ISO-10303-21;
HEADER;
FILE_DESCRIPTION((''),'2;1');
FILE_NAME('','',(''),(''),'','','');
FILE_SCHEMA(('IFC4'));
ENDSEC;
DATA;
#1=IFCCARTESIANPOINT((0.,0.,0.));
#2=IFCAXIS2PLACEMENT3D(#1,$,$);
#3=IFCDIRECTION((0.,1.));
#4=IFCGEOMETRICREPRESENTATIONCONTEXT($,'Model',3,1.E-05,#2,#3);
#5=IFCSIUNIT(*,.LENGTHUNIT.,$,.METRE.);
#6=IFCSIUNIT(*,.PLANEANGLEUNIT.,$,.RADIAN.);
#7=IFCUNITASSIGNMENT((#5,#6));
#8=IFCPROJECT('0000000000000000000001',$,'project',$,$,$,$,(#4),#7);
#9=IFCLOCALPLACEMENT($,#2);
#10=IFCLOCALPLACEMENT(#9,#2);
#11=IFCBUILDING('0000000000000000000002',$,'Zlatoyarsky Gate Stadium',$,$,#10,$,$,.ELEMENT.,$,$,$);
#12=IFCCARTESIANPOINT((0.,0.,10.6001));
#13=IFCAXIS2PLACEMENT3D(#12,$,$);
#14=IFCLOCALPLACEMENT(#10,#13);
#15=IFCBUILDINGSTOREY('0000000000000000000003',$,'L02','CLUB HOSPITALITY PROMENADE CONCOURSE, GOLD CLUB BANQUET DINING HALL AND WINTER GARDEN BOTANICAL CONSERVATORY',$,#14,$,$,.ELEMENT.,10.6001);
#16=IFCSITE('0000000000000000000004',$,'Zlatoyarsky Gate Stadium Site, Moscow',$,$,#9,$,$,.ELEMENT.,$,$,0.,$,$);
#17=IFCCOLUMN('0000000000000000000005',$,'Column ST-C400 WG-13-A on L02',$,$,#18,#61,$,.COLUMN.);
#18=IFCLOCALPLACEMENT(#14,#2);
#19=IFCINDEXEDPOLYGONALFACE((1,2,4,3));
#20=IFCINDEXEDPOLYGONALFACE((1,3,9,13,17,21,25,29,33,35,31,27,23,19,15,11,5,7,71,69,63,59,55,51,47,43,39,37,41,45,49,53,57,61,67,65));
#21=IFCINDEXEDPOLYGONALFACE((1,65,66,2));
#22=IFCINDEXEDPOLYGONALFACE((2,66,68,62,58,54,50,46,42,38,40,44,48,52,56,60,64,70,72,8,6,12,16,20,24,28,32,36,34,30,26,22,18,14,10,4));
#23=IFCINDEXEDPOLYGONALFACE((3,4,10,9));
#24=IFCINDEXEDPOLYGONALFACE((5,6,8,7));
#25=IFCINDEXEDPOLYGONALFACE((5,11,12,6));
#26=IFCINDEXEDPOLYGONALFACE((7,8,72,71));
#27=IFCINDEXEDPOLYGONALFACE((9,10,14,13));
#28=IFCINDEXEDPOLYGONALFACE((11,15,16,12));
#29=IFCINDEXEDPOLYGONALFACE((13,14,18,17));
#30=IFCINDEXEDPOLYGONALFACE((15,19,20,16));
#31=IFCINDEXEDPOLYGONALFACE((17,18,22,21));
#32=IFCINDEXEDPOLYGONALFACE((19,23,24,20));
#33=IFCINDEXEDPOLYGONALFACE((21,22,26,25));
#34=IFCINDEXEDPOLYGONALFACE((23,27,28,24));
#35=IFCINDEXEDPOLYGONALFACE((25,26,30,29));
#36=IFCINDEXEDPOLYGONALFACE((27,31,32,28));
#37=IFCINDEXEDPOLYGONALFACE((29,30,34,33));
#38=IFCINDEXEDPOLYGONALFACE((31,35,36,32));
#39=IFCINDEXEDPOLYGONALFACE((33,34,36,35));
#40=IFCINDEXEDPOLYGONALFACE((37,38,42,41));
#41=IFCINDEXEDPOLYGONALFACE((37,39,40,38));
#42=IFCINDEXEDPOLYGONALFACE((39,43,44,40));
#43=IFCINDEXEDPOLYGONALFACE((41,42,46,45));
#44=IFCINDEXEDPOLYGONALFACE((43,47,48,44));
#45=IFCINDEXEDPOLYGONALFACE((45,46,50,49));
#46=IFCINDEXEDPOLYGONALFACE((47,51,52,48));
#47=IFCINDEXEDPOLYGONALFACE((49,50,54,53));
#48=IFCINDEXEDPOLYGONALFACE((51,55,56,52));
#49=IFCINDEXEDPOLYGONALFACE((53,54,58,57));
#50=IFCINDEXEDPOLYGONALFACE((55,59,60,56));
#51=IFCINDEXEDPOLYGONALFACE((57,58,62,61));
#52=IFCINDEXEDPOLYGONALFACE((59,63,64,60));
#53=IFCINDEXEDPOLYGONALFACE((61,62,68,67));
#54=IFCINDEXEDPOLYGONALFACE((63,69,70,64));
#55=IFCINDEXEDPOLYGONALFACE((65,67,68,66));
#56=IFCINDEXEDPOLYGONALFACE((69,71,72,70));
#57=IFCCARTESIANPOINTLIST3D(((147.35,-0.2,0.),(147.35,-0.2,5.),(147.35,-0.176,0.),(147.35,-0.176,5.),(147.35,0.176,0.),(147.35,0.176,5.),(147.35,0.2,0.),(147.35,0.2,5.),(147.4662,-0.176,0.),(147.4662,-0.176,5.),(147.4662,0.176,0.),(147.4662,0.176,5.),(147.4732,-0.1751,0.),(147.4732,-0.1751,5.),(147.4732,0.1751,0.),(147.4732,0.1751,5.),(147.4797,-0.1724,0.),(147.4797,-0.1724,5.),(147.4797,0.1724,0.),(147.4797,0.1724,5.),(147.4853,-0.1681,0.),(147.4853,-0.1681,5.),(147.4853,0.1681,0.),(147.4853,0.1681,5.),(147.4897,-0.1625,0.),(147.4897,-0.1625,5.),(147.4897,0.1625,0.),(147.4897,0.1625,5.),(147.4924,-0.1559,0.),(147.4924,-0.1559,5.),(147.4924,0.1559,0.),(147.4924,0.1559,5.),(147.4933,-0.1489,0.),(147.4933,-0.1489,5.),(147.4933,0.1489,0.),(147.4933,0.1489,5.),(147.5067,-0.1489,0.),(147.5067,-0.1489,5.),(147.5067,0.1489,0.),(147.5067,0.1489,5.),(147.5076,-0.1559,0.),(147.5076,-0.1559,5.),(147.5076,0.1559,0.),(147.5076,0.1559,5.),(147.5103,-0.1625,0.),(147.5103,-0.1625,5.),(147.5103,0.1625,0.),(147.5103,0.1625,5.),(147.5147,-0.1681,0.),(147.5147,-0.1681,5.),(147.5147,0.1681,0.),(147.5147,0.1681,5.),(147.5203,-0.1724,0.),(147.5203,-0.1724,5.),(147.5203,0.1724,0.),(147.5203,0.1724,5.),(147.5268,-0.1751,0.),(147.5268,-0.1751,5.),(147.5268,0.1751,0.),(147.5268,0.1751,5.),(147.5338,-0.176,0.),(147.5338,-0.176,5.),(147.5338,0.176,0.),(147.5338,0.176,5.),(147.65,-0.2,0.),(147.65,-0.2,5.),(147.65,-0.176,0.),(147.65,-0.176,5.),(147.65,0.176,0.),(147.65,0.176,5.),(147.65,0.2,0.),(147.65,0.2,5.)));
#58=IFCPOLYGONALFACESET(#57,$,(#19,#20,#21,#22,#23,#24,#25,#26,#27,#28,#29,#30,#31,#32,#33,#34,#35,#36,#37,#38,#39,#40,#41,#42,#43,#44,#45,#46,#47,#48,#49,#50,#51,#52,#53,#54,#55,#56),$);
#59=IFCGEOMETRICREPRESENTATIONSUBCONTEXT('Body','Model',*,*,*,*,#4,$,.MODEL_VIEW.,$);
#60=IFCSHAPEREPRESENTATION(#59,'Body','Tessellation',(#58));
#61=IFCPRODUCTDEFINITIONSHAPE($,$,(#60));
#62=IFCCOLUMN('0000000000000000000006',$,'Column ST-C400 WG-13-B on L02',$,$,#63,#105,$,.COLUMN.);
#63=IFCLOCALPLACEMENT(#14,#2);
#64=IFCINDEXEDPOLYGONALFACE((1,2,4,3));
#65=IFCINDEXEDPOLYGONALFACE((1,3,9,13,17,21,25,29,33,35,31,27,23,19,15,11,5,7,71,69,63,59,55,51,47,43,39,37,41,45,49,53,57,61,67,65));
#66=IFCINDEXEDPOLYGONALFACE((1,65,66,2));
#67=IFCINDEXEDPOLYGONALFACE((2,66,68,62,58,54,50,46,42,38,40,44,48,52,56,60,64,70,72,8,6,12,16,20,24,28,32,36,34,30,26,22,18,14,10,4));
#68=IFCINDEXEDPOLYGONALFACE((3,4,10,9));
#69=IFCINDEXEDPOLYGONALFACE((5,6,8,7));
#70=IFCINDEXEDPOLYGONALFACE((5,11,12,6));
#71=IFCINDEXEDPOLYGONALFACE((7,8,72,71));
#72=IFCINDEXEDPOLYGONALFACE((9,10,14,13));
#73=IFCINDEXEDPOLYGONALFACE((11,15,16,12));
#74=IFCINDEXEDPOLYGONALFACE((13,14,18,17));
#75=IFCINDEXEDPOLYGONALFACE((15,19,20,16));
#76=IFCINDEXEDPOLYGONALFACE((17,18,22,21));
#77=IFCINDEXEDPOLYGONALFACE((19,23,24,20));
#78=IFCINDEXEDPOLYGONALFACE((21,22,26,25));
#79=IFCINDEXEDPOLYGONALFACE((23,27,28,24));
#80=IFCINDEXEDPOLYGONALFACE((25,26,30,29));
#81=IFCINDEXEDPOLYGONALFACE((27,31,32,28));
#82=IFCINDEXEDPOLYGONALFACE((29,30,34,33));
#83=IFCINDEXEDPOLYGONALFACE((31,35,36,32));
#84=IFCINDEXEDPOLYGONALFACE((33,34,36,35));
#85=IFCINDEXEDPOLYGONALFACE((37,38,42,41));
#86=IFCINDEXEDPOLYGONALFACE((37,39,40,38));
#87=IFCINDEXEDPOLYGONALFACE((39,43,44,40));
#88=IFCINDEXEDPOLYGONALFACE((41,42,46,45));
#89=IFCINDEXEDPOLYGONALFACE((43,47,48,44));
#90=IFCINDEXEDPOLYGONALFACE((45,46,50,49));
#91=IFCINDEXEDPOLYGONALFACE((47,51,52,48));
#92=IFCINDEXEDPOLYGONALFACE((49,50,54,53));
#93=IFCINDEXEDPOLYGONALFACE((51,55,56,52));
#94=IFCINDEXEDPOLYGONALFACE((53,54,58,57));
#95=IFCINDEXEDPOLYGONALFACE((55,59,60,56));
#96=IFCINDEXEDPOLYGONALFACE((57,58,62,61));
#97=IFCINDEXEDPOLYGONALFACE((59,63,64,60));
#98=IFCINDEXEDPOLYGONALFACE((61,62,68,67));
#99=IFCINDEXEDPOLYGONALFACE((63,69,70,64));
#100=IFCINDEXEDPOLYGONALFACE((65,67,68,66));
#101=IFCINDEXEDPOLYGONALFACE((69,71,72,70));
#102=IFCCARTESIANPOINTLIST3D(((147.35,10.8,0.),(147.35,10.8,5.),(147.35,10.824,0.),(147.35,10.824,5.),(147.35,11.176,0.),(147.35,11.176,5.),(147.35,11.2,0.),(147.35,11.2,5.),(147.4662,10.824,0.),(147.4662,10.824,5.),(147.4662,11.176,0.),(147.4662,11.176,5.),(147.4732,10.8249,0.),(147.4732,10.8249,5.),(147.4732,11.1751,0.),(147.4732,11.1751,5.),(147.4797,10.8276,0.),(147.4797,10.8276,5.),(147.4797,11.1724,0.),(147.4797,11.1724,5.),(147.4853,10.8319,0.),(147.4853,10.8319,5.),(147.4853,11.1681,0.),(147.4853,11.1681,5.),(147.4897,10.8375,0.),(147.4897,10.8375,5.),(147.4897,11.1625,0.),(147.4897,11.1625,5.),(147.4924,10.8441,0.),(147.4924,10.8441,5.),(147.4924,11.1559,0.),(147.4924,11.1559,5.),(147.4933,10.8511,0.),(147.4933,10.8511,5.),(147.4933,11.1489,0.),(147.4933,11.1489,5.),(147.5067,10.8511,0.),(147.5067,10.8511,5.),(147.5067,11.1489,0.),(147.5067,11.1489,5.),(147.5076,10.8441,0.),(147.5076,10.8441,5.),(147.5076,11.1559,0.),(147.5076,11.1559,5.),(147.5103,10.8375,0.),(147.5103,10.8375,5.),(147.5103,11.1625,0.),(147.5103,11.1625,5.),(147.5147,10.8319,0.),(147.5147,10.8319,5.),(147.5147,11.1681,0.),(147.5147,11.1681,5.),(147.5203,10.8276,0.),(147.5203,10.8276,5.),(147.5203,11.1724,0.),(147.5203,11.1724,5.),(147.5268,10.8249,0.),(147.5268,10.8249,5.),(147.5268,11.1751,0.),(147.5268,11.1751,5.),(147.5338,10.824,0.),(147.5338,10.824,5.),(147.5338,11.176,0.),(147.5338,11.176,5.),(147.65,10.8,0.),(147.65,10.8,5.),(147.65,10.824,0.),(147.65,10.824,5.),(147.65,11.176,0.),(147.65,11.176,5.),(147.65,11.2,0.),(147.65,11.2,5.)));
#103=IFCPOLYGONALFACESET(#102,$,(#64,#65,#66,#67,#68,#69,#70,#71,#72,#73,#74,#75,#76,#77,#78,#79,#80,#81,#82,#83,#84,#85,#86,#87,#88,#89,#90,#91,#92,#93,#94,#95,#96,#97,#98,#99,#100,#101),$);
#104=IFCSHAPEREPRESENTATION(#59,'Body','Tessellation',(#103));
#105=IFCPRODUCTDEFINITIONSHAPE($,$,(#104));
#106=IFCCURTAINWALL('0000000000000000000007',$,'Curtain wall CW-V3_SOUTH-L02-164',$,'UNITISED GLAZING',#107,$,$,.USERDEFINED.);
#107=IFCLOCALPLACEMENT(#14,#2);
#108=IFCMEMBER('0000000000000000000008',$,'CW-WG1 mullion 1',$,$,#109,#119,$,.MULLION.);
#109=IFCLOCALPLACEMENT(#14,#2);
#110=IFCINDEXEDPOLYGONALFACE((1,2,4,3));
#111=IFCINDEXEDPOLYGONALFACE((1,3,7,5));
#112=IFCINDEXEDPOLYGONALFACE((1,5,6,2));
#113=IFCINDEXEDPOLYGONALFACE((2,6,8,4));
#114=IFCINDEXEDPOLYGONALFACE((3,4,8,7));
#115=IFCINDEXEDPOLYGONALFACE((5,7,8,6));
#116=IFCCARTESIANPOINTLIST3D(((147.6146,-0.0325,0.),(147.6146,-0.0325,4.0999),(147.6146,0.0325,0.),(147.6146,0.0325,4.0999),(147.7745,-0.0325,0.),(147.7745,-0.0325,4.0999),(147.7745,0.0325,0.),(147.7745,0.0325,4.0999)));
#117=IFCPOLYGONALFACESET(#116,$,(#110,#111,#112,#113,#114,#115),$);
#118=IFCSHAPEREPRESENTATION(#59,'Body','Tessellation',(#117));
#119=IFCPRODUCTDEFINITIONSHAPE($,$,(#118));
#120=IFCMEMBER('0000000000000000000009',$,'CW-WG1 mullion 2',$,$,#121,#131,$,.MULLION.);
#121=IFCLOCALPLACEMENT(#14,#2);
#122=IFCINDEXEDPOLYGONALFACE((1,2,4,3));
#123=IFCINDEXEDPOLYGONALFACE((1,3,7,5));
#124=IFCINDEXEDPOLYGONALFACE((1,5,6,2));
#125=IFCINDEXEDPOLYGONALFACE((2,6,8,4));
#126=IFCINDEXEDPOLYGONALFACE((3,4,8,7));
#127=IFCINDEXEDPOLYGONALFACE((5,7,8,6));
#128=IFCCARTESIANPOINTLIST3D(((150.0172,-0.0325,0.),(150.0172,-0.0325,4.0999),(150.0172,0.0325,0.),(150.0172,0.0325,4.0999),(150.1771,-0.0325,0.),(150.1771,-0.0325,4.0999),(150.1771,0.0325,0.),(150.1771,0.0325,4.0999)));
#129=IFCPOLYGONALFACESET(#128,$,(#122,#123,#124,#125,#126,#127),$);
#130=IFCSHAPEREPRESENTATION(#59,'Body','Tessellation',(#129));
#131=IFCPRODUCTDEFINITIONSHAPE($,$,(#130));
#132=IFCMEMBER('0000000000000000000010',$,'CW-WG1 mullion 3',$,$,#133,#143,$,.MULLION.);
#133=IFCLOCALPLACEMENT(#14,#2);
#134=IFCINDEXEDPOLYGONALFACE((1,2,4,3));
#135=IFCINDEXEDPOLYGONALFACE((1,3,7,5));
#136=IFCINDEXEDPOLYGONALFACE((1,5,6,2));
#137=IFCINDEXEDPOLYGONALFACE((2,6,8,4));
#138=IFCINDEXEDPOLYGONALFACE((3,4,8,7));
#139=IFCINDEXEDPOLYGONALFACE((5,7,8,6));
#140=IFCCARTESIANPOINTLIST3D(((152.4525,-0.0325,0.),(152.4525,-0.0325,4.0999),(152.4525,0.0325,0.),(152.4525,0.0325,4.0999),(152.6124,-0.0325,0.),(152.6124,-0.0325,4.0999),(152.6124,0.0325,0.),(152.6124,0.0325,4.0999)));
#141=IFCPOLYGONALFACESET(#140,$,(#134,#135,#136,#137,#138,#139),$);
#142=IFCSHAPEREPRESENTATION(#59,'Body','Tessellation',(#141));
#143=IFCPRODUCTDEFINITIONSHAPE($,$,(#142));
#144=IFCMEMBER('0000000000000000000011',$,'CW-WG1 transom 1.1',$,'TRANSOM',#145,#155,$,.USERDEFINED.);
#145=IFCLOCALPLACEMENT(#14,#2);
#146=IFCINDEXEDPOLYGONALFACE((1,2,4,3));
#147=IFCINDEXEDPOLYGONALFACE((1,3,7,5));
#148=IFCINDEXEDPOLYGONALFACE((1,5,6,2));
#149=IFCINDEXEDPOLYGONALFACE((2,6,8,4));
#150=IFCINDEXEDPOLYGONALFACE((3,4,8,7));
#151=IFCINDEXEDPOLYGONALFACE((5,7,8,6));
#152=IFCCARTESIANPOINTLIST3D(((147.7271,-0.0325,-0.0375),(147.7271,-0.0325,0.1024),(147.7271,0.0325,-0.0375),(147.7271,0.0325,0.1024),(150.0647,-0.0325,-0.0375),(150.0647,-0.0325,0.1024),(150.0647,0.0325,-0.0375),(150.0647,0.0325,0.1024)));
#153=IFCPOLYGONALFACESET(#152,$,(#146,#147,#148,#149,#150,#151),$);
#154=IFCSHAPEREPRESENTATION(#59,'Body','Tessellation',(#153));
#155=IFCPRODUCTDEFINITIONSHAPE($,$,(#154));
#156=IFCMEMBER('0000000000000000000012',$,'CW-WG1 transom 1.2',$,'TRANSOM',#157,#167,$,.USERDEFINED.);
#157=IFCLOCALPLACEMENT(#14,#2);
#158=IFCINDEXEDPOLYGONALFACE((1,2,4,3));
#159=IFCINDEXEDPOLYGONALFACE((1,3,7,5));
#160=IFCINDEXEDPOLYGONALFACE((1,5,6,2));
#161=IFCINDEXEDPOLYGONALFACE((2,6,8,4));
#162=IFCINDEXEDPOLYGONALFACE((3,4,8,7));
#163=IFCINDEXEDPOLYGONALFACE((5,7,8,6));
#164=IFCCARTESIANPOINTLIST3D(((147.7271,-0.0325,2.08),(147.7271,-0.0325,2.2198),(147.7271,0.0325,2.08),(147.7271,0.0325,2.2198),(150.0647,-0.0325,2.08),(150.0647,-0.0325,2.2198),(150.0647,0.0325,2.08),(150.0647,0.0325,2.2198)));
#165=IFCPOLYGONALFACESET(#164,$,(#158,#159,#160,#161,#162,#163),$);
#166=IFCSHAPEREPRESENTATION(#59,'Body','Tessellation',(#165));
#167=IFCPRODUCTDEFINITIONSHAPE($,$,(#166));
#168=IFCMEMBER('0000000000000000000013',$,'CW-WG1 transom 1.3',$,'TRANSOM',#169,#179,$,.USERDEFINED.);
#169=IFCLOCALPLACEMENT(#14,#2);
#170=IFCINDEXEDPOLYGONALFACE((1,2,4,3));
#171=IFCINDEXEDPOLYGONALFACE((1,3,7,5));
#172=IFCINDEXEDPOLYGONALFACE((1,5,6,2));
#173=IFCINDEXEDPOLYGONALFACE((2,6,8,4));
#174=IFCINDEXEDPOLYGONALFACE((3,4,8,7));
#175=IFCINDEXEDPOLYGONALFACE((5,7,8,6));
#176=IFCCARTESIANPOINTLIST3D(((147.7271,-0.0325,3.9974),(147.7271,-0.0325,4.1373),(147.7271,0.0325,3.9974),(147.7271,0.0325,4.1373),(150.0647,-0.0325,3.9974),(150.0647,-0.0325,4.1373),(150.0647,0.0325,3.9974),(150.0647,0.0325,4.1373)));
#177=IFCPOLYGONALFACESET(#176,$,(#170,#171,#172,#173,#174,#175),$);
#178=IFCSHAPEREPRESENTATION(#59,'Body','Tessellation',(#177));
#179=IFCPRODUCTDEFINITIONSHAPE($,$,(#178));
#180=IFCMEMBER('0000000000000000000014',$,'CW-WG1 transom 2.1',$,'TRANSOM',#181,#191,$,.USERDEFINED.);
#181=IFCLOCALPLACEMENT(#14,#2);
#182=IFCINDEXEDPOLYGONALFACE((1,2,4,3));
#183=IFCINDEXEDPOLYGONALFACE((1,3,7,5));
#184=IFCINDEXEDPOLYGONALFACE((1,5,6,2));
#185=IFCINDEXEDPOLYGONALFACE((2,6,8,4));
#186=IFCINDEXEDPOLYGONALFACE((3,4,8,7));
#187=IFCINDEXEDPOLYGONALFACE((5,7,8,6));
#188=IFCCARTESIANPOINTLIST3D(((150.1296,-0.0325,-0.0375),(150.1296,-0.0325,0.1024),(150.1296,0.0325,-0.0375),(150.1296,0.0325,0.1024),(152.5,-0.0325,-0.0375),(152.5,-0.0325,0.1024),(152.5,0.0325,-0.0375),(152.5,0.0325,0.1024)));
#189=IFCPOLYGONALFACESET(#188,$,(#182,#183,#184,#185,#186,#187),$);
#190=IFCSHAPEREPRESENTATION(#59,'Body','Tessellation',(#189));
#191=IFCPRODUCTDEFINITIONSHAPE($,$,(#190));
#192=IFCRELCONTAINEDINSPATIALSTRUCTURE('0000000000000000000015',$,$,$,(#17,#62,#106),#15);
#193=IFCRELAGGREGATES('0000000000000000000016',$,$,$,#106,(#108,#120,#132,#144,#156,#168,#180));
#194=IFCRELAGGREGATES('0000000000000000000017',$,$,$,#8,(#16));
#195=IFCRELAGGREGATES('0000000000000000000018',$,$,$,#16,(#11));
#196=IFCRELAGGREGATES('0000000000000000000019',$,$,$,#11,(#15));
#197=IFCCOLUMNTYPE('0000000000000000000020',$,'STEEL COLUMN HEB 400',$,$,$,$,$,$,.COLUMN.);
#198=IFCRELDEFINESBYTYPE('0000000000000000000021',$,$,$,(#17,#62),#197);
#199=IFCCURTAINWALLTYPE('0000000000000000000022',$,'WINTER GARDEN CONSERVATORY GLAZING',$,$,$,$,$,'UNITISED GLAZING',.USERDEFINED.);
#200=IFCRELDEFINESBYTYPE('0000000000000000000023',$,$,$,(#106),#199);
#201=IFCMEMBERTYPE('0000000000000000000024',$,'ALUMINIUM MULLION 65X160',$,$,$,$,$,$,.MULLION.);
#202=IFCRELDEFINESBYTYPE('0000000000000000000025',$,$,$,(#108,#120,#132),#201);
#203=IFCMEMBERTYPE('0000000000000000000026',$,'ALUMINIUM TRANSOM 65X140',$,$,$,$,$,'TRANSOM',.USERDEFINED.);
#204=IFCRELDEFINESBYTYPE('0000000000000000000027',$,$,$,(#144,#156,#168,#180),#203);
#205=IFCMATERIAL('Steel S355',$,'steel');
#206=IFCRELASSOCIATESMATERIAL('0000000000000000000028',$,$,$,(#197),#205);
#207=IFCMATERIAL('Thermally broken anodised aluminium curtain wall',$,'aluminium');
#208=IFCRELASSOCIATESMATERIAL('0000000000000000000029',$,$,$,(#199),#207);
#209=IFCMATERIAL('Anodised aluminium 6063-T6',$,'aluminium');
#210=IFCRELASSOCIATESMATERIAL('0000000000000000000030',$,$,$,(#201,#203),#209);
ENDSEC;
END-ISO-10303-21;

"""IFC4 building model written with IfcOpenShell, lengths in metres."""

from ifc_helpers import new_model, si_unit, direction, frame, origin, origin_2d, place, context, subcontext, project, spatial, rectangle, i_section, extrude, material, material_profile, profile_set, type_object, element, aggregate, save


model = new_model("IFC4")

# Units and contexts
model_context = context("Model", 3, precision=1e-05, world=origin(), true_north=direction((0.0, 1.0)))
body_context = subcontext(model_context, "Body", "Model", "MODEL_VIEW")
ifc_project = project(units=[si_unit("LENGTHUNIT", "METRE"), si_unit("PLANEANGLEUNIT", "RADIAN")], contexts=[model_context])

# Site, building, storey
site_placement = place(None, origin())
site = spatial("IfcSite", under=ifc_project, at=site_placement, Name="Zlatoyarsky Gate Stadium Site, Moscow", CompositionType="ELEMENT", RefElevation=0.0)
building_placement = place(site_placement, origin())
building = spatial("IfcBuilding", under=site, at=building_placement, Name="Zlatoyarsky Gate Stadium", CompositionType="ELEMENT")
storey_placement = place(building_placement, frame((0.0, 0.0, 10.6001)))
storey = spatial("IfcBuildingStorey", under=building, at=storey_placement, Name="L02", Description="CLUB HOSPITALITY PROMENADE CONCOURSE, GOLD CLUB BANQUET DINING HALL AND WINTER GARDEN BOTANICAL CONSERVATORY", CompositionType="ELEMENT", Elevation=10.6001)

# Columns
ifc_material_1 = material(Name="Steel S355", Category="steel")
ifc_material_profile_1 = material_profile(ifc_material_1, i_section(OverallWidth=0.3, OverallDepth=0.3999, WebThickness=0.0134, FlangeThickness=0.0239, FilletRadius=0.0271, at=origin_2d()), Name="HEB 400")
ifc_profile_set_1 = profile_set([ifc_material_profile_1], Name="Steel S355")
column_type = type_object("IfcColumnType", Name="STEEL COLUMN HEB 400", PredefinedType="COLUMN", material=ifc_profile_set_1)
for number, where, z_axis, x_axis, name in (
    (1, (147.5, 0.0, 0.0), (0.0, 0.0, 1.0), (1.0, 0.0, 0.0), "Column ST-C400 WG-13-A on L02"),
    (2, (147.5, 11.0, 0.0), (0.0, 0.0, 1.0), (1.0, 0.0, 0.0), "Column ST-C400 WG-13-B on L02"),
):
    element("IfcColumn", number, at=place(storey_placement, frame(where, z_axis=z_axis, x_axis=x_axis)), inside=storey, type_object=column_type, Name=name, PredefinedType="COLUMN", context=body_context, shape_type="SweptSolid", body=[
        extrude(i_section(OverallWidth=0.3, OverallDepth=0.3999, WebThickness=0.0134, FlangeThickness=0.0239, FilletRadius=0.0271, at=origin_2d()), origin(), (0.0, 0.0, 1.0), 5.0),
    ])

# Curtain wall, members
ifc_material_2 = material(Name="Thermally broken anodised aluminium curtain wall", Category="aluminium")
curtain_wall_type = type_object("IfcCurtainWallType", Name="WINTER GARDEN CONSERVATORY GLAZING", ElementType="UNITISED GLAZING", PredefinedType="USERDEFINED", material=ifc_material_2)
curtain_wall_placement = place(storey_placement, origin())
curtain_wall = element("IfcCurtainWall", 3, at=curtain_wall_placement, inside=storey, type_object=curtain_wall_type, Name="Curtain wall CW-V3_SOUTH-L02-164", ObjectType="UNITISED GLAZING", PredefinedType="USERDEFINED")
ifc_material_3 = material(Name="Anodised aluminium 6063-T6", Category="aluminium")
ifc_material_profile_2 = material_profile(ifc_material_3, rectangle(XDim=0.0649, YDim=0.1599, at=origin_2d()), Name="ALU 65X160")
ifc_profile_set_2 = profile_set([ifc_material_profile_2], Name="Anodised aluminium 6063-T6")
member_type_1 = type_object("IfcMemberType", Name="ALUMINIUM MULLION 65X160", PredefinedType="MULLION", material=ifc_profile_set_2)
member_1_placement = place(storey_placement, frame((147.6946, 0.0, 0.0), z_axis=(0.0, 0.0, 1.0), x_axis=(0.0, 1.0, 0.0)))
member_1 = element("IfcMember", 4, at=member_1_placement, type_object=member_type_1, Name="CW-WG1 mullion 1", PredefinedType="MULLION", context=body_context, shape_type="SweptSolid", body=[
    extrude(rectangle(XDim=0.0649, YDim=0.1599, at=origin_2d()), origin(), (0.0, 0.0, 1.0), 4.0999),
])
member_2_placement = place(storey_placement, frame((150.0972, 0.0, 0.0), z_axis=(0.0, 0.0, 1.0), x_axis=(0.0, 1.0, 0.0)))
member_2 = element("IfcMember", 5, at=member_2_placement, type_object=member_type_1, Name="CW-WG1 mullion 2", PredefinedType="MULLION", context=body_context, shape_type="SweptSolid", body=[
    extrude(rectangle(XDim=0.0649, YDim=0.1599, at=origin_2d()), origin(), (0.0, 0.0, 1.0), 4.0999),
])
member_3_placement = place(storey_placement, frame((152.5325, 0.0, 0.0), z_axis=(0.0, 0.0, 1.0), x_axis=(0.0, 1.0, 0.0)))
member_3 = element("IfcMember", 6, at=member_3_placement, type_object=member_type_1, Name="CW-WG1 mullion 3", PredefinedType="MULLION", context=body_context, shape_type="SweptSolid", body=[
    extrude(rectangle(XDim=0.0649, YDim=0.1599, at=origin_2d()), origin(), (0.0, 0.0, 1.0), 4.0999),
])
ifc_material_profile_3 = material_profile(ifc_material_3, rectangle(XDim=0.0649, YDim=0.1399, at=origin_2d()), Name="ALU 65X140")
ifc_profile_set_3 = profile_set([ifc_material_profile_3], Name="Anodised aluminium 6063-T6")
member_type_2 = type_object("IfcMemberType", Name="ALUMINIUM TRANSOM 65X140", ElementType="TRANSOM", PredefinedType="USERDEFINED", material=ifc_profile_set_3)
member_4_placement = place(storey_placement, frame((147.7271, 0.0, 0.0325), z_axis=(1.0, 0.0, 0.0), x_axis=(0.0, 1.0, 0.0)))
member_4 = element("IfcMember", 7, at=member_4_placement, type_object=member_type_2, Name="CW-WG1 transom 1.1", ObjectType="TRANSOM", PredefinedType="USERDEFINED", context=body_context, shape_type="SweptSolid", body=[
    extrude(rectangle(XDim=0.0649, YDim=0.1399, at=origin_2d()), origin(), (0.0, 0.0, 1.0), 2.3376),
])
member_5_placement = place(storey_placement, frame((147.7271, 0.0, 2.1499), z_axis=(1.0, 0.0, 0.0), x_axis=(0.0, 1.0, 0.0)))
member_5 = element("IfcMember", 8, at=member_5_placement, type_object=member_type_2, Name="CW-WG1 transom 1.2", ObjectType="TRANSOM", PredefinedType="USERDEFINED", context=body_context, shape_type="SweptSolid", body=[
    extrude(rectangle(XDim=0.0649, YDim=0.1399, at=origin_2d()), origin(), (0.0, 0.0, 1.0), 2.3376),
])
member_6_placement = place(storey_placement, frame((147.7271, 0.0, 4.0674), z_axis=(1.0, 0.0, 0.0), x_axis=(0.0, 1.0, 0.0)))
member_6 = element("IfcMember", 9, at=member_6_placement, type_object=member_type_2, Name="CW-WG1 transom 1.3", ObjectType="TRANSOM", PredefinedType="USERDEFINED", context=body_context, shape_type="SweptSolid", body=[
    extrude(rectangle(XDim=0.0649, YDim=0.1399, at=origin_2d()), origin(), (0.0, 0.0, 1.0), 2.3376),
])
member_7_placement = place(storey_placement, frame((150.1296, 0.0, 0.0325), z_axis=(1.0, 0.0, 0.0), x_axis=(0.0, 1.0, 0.0)))
member_7 = element("IfcMember", 10, at=member_7_placement, type_object=member_type_2, Name="CW-WG1 transom 2.1", ObjectType="TRANSOM", PredefinedType="USERDEFINED", context=body_context, shape_type="SweptSolid", body=[
    extrude(rectangle(XDim=0.0649, YDim=0.1399, at=origin_2d()), origin(), (0.0, 0.0, 1.0), 2.3704),
])

aggregate(curtain_wall, [member_1, member_2, member_3, member_4, member_5, member_6, member_7])

save(model, "model.ifc")
